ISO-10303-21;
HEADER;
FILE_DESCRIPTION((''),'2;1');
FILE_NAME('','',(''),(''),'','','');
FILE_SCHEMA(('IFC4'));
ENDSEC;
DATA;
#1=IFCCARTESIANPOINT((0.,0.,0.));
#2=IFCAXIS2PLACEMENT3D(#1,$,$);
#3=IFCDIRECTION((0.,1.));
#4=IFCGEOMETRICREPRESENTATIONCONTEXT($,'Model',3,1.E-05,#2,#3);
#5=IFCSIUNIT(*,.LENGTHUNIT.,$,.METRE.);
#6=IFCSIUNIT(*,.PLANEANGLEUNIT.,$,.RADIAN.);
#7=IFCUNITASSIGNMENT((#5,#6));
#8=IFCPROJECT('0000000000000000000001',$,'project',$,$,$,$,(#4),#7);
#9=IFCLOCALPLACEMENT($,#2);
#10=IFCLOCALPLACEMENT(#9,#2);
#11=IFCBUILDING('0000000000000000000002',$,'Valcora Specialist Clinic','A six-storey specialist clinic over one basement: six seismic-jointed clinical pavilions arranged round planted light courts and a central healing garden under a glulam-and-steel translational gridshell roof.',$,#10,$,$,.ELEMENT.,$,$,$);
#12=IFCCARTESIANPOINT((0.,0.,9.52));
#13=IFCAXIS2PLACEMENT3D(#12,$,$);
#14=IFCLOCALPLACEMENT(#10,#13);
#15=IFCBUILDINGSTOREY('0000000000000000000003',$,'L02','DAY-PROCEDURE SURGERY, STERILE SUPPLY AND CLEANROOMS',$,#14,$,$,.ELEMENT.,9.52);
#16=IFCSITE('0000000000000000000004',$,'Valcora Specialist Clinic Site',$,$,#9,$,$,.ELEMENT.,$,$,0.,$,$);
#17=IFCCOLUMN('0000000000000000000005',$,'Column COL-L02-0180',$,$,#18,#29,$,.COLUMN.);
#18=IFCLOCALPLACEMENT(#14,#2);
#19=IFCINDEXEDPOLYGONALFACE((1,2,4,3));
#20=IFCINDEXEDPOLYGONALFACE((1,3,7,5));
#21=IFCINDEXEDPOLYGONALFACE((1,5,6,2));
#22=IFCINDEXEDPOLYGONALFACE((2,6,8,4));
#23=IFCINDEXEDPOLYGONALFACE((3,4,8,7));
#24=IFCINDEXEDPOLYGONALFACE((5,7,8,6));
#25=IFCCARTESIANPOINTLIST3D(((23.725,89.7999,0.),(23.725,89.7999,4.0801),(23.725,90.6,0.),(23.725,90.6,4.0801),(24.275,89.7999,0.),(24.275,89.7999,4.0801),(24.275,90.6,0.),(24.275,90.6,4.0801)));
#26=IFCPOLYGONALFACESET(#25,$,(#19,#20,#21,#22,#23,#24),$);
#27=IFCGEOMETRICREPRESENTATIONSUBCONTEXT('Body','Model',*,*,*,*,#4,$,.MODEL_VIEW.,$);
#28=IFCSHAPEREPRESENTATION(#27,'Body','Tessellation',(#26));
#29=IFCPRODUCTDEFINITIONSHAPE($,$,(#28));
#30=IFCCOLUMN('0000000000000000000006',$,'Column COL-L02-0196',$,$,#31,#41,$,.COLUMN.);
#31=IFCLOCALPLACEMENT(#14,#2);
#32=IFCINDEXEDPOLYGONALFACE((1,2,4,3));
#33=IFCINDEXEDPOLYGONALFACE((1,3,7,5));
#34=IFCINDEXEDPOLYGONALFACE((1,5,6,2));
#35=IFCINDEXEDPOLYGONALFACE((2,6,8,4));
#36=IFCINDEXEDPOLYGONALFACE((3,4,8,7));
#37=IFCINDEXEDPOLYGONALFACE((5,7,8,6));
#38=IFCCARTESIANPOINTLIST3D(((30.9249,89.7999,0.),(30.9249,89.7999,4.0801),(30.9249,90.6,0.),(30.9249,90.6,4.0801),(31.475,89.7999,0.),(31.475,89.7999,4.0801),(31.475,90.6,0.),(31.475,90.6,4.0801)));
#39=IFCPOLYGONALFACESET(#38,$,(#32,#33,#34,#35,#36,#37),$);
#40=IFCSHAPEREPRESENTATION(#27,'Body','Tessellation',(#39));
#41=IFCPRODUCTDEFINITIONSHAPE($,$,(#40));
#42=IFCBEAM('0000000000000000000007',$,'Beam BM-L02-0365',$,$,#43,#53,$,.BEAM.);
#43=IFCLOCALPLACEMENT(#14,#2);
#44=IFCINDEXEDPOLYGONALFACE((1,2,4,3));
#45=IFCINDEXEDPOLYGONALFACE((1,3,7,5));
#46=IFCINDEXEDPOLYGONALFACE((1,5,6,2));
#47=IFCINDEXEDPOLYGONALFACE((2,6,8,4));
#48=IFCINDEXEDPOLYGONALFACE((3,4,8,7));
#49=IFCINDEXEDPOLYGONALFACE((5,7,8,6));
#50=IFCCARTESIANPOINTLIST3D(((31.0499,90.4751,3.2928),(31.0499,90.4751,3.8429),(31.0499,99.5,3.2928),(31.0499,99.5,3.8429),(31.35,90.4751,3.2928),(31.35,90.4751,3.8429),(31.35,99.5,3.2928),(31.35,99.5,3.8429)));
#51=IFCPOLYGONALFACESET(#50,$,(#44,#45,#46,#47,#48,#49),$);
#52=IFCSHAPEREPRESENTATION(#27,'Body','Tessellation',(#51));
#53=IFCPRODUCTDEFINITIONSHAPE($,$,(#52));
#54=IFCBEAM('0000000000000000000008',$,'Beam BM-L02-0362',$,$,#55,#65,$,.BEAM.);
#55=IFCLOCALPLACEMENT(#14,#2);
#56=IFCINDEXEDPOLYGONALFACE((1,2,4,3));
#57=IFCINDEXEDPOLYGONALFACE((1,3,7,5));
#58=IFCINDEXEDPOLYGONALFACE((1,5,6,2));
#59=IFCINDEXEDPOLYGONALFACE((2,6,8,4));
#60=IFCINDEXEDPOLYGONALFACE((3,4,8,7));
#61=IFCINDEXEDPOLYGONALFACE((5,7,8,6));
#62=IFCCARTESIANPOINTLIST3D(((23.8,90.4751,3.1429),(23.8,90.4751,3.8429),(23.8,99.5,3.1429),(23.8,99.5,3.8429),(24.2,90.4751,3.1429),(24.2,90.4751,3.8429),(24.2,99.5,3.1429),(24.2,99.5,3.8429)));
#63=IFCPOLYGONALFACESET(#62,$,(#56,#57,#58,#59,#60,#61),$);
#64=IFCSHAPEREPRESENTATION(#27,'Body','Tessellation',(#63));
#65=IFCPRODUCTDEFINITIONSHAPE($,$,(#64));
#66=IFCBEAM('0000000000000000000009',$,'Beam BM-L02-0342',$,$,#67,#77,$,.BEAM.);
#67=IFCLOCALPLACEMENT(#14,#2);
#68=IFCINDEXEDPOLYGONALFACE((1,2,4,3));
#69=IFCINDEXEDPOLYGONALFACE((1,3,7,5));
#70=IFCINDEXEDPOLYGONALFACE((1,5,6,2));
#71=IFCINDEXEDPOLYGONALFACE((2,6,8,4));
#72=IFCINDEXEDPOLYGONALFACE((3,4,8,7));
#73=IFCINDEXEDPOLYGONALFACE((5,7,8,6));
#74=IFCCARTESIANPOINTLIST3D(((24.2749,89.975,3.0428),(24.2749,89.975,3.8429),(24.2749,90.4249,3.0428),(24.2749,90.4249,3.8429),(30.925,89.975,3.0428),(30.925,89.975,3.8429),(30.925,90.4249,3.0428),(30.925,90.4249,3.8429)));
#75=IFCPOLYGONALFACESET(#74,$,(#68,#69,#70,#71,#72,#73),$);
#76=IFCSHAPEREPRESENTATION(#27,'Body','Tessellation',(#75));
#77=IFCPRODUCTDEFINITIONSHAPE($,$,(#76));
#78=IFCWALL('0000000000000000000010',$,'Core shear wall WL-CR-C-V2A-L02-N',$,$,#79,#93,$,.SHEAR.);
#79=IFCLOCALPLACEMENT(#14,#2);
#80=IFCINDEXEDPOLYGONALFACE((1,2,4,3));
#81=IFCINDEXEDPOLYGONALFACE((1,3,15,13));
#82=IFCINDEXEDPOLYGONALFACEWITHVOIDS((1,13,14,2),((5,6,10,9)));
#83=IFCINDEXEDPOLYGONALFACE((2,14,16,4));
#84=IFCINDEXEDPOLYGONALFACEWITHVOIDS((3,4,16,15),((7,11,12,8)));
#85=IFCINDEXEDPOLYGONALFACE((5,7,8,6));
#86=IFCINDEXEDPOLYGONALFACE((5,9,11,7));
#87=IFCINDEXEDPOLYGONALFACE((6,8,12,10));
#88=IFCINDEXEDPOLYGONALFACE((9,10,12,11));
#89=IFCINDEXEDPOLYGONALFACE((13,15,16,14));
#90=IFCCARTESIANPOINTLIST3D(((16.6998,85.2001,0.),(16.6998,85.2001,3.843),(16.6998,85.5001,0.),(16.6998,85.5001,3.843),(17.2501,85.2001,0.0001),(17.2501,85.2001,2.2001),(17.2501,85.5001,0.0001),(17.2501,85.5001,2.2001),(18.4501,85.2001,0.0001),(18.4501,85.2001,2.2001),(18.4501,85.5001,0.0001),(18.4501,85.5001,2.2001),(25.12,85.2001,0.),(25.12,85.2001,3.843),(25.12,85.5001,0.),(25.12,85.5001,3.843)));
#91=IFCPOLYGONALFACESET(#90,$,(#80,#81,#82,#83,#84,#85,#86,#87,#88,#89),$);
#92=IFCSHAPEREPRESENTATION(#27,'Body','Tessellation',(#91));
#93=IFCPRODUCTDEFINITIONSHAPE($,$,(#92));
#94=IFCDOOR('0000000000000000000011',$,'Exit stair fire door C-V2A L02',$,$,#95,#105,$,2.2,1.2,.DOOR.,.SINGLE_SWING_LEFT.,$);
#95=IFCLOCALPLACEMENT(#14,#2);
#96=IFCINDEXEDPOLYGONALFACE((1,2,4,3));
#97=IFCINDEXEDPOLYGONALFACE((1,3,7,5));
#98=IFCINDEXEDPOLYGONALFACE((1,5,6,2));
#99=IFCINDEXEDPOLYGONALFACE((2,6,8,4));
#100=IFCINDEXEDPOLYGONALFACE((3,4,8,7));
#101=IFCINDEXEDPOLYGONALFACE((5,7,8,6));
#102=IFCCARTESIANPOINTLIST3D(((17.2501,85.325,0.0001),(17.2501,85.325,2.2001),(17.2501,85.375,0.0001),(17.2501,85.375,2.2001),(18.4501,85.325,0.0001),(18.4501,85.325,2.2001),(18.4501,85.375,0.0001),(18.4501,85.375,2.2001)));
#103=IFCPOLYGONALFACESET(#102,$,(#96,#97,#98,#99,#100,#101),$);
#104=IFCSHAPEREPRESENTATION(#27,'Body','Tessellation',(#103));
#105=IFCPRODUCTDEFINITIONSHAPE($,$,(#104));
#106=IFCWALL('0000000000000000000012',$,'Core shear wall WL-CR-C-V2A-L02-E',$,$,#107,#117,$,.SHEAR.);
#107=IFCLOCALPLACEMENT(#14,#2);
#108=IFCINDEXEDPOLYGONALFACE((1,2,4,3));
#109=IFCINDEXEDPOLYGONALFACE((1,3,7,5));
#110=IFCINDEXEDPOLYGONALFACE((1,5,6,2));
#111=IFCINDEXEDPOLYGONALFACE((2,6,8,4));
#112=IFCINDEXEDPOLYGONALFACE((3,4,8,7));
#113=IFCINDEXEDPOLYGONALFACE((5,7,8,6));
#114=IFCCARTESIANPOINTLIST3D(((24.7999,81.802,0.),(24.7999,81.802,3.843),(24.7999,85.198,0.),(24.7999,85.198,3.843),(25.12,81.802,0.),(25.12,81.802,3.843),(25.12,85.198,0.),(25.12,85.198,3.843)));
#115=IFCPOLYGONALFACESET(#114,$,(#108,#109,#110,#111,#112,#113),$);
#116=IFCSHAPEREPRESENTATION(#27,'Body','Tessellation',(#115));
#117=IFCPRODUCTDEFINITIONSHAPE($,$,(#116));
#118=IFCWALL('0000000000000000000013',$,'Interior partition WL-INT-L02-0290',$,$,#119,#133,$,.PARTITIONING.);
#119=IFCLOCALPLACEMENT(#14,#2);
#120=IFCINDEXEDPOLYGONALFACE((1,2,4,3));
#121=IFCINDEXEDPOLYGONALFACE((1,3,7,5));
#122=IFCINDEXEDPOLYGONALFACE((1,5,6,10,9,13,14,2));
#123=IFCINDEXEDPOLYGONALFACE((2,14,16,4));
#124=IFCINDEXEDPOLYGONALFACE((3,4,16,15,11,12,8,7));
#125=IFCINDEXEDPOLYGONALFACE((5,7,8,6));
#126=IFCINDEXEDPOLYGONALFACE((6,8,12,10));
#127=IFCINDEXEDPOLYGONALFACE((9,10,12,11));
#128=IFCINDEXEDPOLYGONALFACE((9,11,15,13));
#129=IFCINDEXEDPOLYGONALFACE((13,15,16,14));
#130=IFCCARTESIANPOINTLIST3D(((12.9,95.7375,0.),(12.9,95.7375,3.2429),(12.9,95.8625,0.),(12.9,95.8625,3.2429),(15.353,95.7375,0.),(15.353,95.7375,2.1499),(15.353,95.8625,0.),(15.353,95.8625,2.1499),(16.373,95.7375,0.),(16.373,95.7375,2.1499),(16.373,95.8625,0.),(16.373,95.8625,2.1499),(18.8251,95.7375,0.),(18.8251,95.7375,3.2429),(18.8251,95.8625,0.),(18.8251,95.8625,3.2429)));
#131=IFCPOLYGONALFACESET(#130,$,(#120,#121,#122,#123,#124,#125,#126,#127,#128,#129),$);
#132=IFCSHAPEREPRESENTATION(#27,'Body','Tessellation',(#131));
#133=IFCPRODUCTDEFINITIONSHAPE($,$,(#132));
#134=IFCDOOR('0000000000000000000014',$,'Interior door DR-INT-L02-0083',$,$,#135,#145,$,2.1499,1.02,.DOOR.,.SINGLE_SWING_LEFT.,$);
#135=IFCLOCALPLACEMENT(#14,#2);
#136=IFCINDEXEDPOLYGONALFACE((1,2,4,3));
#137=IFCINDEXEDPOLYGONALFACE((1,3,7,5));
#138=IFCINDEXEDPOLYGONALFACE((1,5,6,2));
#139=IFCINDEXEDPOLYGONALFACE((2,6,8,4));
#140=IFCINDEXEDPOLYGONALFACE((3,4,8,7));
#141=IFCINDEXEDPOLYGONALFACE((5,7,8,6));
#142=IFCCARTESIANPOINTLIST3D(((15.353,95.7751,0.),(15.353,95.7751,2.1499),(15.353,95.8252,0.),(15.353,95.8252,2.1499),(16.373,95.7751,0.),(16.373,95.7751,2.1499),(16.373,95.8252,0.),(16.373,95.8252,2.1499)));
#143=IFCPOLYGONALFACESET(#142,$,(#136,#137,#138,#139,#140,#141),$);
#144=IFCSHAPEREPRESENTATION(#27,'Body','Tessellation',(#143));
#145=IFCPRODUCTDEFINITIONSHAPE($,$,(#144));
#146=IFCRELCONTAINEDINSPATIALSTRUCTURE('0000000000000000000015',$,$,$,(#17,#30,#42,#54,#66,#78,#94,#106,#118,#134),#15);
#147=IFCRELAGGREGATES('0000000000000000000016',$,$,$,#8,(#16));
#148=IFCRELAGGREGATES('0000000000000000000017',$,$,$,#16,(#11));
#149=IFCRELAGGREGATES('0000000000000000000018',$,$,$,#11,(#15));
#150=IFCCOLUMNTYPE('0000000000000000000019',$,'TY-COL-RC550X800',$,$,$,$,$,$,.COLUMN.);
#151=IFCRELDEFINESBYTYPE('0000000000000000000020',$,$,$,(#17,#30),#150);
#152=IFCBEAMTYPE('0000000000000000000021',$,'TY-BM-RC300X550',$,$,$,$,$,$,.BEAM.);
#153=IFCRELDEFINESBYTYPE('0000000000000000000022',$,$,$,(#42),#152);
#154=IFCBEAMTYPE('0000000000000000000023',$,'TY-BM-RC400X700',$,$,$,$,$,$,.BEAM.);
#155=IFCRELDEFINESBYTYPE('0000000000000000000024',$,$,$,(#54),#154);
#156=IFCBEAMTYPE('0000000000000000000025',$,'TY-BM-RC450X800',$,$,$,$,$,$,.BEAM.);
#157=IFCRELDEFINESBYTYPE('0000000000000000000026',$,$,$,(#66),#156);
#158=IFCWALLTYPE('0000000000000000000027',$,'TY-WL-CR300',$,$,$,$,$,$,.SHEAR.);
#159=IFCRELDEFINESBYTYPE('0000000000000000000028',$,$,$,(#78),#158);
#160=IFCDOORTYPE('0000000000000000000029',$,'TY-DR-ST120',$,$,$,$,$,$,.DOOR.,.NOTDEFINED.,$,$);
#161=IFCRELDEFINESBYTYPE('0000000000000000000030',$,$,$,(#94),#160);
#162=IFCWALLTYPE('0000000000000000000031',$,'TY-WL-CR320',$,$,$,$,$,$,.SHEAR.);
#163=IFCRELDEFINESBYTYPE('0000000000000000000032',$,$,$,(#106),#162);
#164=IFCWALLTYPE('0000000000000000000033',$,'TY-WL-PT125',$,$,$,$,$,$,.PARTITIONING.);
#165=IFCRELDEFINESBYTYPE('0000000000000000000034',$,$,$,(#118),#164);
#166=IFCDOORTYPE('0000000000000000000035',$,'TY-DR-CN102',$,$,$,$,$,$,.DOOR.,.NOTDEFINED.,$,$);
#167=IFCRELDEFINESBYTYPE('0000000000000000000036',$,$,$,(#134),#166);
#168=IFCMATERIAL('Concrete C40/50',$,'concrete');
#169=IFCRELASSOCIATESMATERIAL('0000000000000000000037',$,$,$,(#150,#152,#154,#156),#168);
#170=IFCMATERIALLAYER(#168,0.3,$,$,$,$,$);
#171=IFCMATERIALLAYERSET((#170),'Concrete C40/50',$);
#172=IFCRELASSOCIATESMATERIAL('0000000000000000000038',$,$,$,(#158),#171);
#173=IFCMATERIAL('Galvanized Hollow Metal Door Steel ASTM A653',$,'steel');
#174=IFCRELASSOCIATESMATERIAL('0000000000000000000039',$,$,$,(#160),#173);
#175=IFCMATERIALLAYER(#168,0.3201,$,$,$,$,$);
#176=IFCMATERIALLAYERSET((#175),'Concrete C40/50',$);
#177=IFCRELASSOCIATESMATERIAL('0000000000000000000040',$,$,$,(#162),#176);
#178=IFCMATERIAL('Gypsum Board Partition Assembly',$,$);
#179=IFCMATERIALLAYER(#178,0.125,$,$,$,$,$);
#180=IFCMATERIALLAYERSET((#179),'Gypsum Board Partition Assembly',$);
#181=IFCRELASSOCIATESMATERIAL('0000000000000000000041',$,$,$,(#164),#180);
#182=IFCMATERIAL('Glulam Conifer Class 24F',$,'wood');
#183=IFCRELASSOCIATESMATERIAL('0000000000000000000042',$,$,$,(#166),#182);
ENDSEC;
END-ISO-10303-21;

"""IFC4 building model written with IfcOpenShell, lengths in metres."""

from ifc_helpers import new_model, si_unit, direction, frame, frame_2d, origin, origin_2d, place, context, subcontext, project, spatial, rectangle, extrude, material, layer, layer_set, material_profile, profile_set, type_object, element, fill, save


model = new_model("IFC4")

# Units and contexts
model_context = context("Model", 3, precision=1e-05, world=origin(), true_north=direction((0.0, 1.0)))
body_context = subcontext(model_context, "Body", "Model", "MODEL_VIEW")
ifc_project = project(units=[si_unit("LENGTHUNIT", "METRE"), si_unit("PLANEANGLEUNIT", "RADIAN")], contexts=[model_context])

# Site, building, storey
site_placement = place(None, origin())
site = spatial("IfcSite", under=ifc_project, at=site_placement, Name="Valcora Specialist Clinic Site", CompositionType="ELEMENT", RefElevation=0.0)
building_placement = place(site_placement, origin())
building = spatial("IfcBuilding", under=site, at=building_placement, Name="Valcora Specialist Clinic", Description="A six-storey specialist clinic over one basement: six seismic-jointed clinical pavilions arranged round planted light courts and a central healing garden under a glulam-and-steel translational gridshell roof.", CompositionType="ELEMENT")
storey_placement = place(building_placement, frame((0.0, 0.0, 9.52)))
storey = spatial("IfcBuildingStorey", under=building, at=storey_placement, Name="L02", Description="DAY-PROCEDURE SURGERY, STERILE SUPPLY AND CLEANROOMS", CompositionType="ELEMENT", Elevation=9.52)

# Columns
ifc_material_1 = material(Name="Concrete C40/50", Category="concrete")
ifc_material_profile_1 = material_profile(ifc_material_1, rectangle(XDim=0.55, YDim=0.8, at=origin_2d()), Name="RC-COL-550X800")
ifc_profile_set_1 = profile_set([ifc_material_profile_1], Name="Concrete C40/50")
column_type = type_object("IfcColumnType", Name="TY-COL-RC550X800", PredefinedType="COLUMN", material=ifc_profile_set_1)
for number, where, z_axis, x_axis, name in (
    (1, (24.0, 90.2, 0.0), (0.0, 0.0, 1.0), (1.0, 0.0, 0.0), "Column COL-L02-0180"),
    (2, (31.2, 90.2, 0.0), (0.0, 0.0, 1.0), (1.0, 0.0, 0.0), "Column COL-L02-0196"),
):
    element("IfcColumn", number, at=place(storey_placement, frame(where, z_axis=z_axis, x_axis=x_axis)), inside=storey, type_object=column_type, Name=name, PredefinedType="COLUMN", context=body_context, shape_type="SweptSolid", body=[
        extrude(rectangle(XDim=0.55, YDim=0.8, at=origin_2d()), origin(), (0.0, 0.0, 1.0), 4.0801),
    ])

# Beams
ifc_material_profile_2 = material_profile(ifc_material_1, rectangle(XDim=0.3, YDim=0.55, at=origin_2d()), Name="RC-BM-300X550")
ifc_profile_set_2 = profile_set([ifc_material_profile_2], Name="Concrete C40/50")
beam_type_1 = type_object("IfcBeamType", Name="TY-BM-RC300X550", PredefinedType="BEAM", material=ifc_profile_set_2)
beam_1_placement = place(storey_placement, frame((31.2, 90.4751, 3.5679), z_axis=(0.0, 1.0, 0.0), x_axis=(-1.0, 0.0, 0.0)))
element("IfcBeam", 3, at=beam_1_placement, inside=storey, type_object=beam_type_1, Name="Beam BM-L02-0365", PredefinedType="BEAM", context=body_context, shape_type="SweptSolid", body=[
    extrude(rectangle(XDim=0.3, YDim=0.55, at=origin_2d()), origin(), (0.0, 0.0, 1.0), 9.0249),
])
ifc_material_profile_3 = material_profile(ifc_material_1, rectangle(XDim=0.3999, YDim=0.7, at=origin_2d()), Name="RC-BM-400X700")
ifc_profile_set_3 = profile_set([ifc_material_profile_3], Name="Concrete C40/50")
beam_type_2 = type_object("IfcBeamType", Name="TY-BM-RC400X700", PredefinedType="BEAM", material=ifc_profile_set_3)
beam_2_placement = place(storey_placement, frame((24.0, 90.4751, 3.4929), z_axis=(0.0, 1.0, 0.0), x_axis=(-1.0, 0.0, 0.0)))
element("IfcBeam", 4, at=beam_2_placement, inside=storey, type_object=beam_type_2, Name="Beam BM-L02-0362", PredefinedType="BEAM", context=body_context, shape_type="SweptSolid", body=[
    extrude(rectangle(XDim=0.3999, YDim=0.7, at=origin_2d()), origin(), (0.0, 0.0, 1.0), 9.0249),
])
ifc_material_profile_4 = material_profile(ifc_material_1, rectangle(XDim=0.45, YDim=0.8, at=origin_2d()), Name="RC-BM-450X800")
ifc_profile_set_4 = profile_set([ifc_material_profile_4], Name="Concrete C40/50")
beam_type_3 = type_object("IfcBeamType", Name="TY-BM-RC450X800", PredefinedType="BEAM", material=ifc_profile_set_4)
beam_3_placement = place(storey_placement, frame((24.2749, 90.2, 3.4429), z_axis=(1.0, 0.0, 0.0), x_axis=(0.0, 1.0, 0.0)))
element("IfcBeam", 5, at=beam_3_placement, inside=storey, type_object=beam_type_3, Name="Beam BM-L02-0342", PredefinedType="BEAM", context=body_context, shape_type="SweptSolid", body=[
    extrude(rectangle(XDim=0.45, YDim=0.8, at=origin_2d()), origin(), (0.0, 0.0, 1.0), 6.6501),
])

# Wall, opening, door
ifc_layer_1 = layer(ifc_material_1, 0.3)
ifc_layer_set_1 = layer_set([ifc_layer_1], Name="Concrete C40/50")
wall_type_1 = type_object("IfcWallType", Name="TY-WL-CR300", PredefinedType="SHEAR", material=ifc_layer_set_1)
wall_1_placement = place(storey_placement, frame((16.7, 85.3501, 0.0), z_axis=(0.0, 0.0, 1.0), x_axis=(1.0, 0.0, 0.0)))
wall_1 = element("IfcWall", 6, at=wall_1_placement, inside=storey, type_object=wall_type_1, Name="Core shear wall WL-CR-C-V2A-L02-N", PredefinedType="SHEAR", context=body_context, shape_type="SweptSolid", body=[
    extrude(rectangle(XDim=8.4202, YDim=0.3, at=frame_2d((4.21, 0.0))), origin(), (0.0, 0.0, 1.0), 3.843),
])
opening_1_placement = place(wall_1_placement, frame((0.55, 0.0, 0.0)))
opening_1 = element("IfcOpeningElement", 7, at=opening_1_placement, cuts=wall_1, PredefinedType="OPENING", context=body_context, shape_type="SweptSolid", body=[
    extrude(rectangle(XDim=1.2, YDim=2.2, at=frame_2d((0.6001, 1.1001))), frame((0.0, 0.1599, 0.0), z_axis=(0.0, -1.0, 0.0), x_axis=(1.0, 0.0, 0.0)), (0.0, 0.0, 1.0), 0.3201),
])
ifc_material_2 = material(Name="Galvanized Hollow Metal Door Steel ASTM A653", Category="steel")
door_type_1 = type_object("IfcDoorType", Name="TY-DR-ST120", OperationType="NOTDEFINED", PredefinedType="DOOR", material=ifc_material_2)
door_1_placement = place(opening_1_placement, origin())
door_1 = element("IfcDoor", 8, at=door_1_placement, inside=storey, type_object=door_type_1, Name="Exit stair fire door C-V2A L02", OperationType="SINGLE_SWING_LEFT", OverallHeight=2.2, OverallWidth=1.2, PredefinedType="DOOR", context=body_context, shape_type="SweptSolid", body=[
    extrude(rectangle(XDim=1.2, YDim=2.2, at=frame_2d((0.6001, 1.1001))), frame((0.0, 0.0249, 0.0), z_axis=(0.0, -1.0, 0.0), x_axis=(1.0, 0.0, 0.0)), (0.0, 0.0, 1.0), 0.05),
])
fill(opening_1, door_1)

# Wall
ifc_layer_2 = layer(ifc_material_1, 0.3201)
ifc_layer_set_2 = layer_set([ifc_layer_2], Name="Concrete C40/50")
wall_type_2 = type_object("IfcWallType", Name="TY-WL-CR320", PredefinedType="SHEAR", material=ifc_layer_set_2)
wall_2_placement = place(storey_placement, frame((24.96, 81.802, 0.0), z_axis=(0.0, 0.0, 1.0), x_axis=(0.0, 1.0, 0.0)))
element("IfcWall", 9, at=wall_2_placement, inside=storey, type_object=wall_type_2, Name="Core shear wall WL-CR-C-V2A-L02-E", PredefinedType="SHEAR", context=body_context, shape_type="SweptSolid", body=[
    extrude(rectangle(XDim=3.396, YDim=0.3201, at=frame_2d((1.698, 0.0))), origin(), (0.0, 0.0, 1.0), 3.843),
])

# Wall, opening, door
ifc_material_3 = material(Name="Gypsum Board Partition Assembly")
ifc_layer_3 = layer(ifc_material_3, 0.125)
ifc_layer_set_3 = layer_set([ifc_layer_3], Name="Gypsum Board Partition Assembly")
wall_type_3 = type_object("IfcWallType", Name="TY-WL-PT125", PredefinedType="PARTITIONING", material=ifc_layer_set_3)
wall_3_placement = place(storey_placement, frame((18.825, 95.8, 0.0), z_axis=(0.0, 0.0, 1.0), x_axis=(-1.0, 0.0, 0.0)))
wall_3 = element("IfcWall", 10, at=wall_3_placement, inside=storey, type_object=wall_type_3, Name="Interior partition WL-INT-L02-0290", PredefinedType="PARTITIONING", context=body_context, shape_type="SweptSolid", body=[
    extrude(rectangle(XDim=5.925, YDim=0.125, at=frame_2d((2.9624, 0.0))), origin(), (0.0, 0.0, 1.0), 3.2429),
])
opening_2_placement = place(wall_3_placement, frame((2.4519, 0.0, 0.0)))
opening_2 = element("IfcOpeningElement", 11, at=opening_2_placement, cuts=wall_3, PredefinedType="OPENING", context=body_context, shape_type="SweptSolid", body=[
    extrude(rectangle(XDim=1.02, YDim=2.1499, at=frame_2d((0.51, 1.075))), frame((0.0, 0.0725, 0.0), z_axis=(0.0, -1.0, 0.0), x_axis=(1.0, 0.0, 0.0)), (0.0, 0.0, 1.0), 0.145),
])
ifc_material_4 = material(Name="Glulam Conifer Class 24F", Category="wood")
door_type_2 = type_object("IfcDoorType", Name="TY-DR-CN102", OperationType="NOTDEFINED", PredefinedType="DOOR", material=ifc_material_4)
door_2_placement = place(opening_2_placement, origin())
door_2 = element("IfcDoor", 12, at=door_2_placement, inside=storey, type_object=door_type_2, Name="Interior door DR-INT-L02-0083", OperationType="SINGLE_SWING_LEFT", OverallHeight=2.1499, OverallWidth=1.02, PredefinedType="DOOR", context=body_context, shape_type="SweptSolid", body=[
    extrude(rectangle(XDim=1.02, YDim=2.1499, at=frame_2d((0.51, 1.075))), frame((0.0, 0.0249, 0.0), z_axis=(0.0, -1.0, 0.0), x_axis=(1.0, 0.0, 0.0)), (0.0, 0.0, 1.0), 0.05),
])
fill(opening_2, door_2)

save(model, "model.ifc")
